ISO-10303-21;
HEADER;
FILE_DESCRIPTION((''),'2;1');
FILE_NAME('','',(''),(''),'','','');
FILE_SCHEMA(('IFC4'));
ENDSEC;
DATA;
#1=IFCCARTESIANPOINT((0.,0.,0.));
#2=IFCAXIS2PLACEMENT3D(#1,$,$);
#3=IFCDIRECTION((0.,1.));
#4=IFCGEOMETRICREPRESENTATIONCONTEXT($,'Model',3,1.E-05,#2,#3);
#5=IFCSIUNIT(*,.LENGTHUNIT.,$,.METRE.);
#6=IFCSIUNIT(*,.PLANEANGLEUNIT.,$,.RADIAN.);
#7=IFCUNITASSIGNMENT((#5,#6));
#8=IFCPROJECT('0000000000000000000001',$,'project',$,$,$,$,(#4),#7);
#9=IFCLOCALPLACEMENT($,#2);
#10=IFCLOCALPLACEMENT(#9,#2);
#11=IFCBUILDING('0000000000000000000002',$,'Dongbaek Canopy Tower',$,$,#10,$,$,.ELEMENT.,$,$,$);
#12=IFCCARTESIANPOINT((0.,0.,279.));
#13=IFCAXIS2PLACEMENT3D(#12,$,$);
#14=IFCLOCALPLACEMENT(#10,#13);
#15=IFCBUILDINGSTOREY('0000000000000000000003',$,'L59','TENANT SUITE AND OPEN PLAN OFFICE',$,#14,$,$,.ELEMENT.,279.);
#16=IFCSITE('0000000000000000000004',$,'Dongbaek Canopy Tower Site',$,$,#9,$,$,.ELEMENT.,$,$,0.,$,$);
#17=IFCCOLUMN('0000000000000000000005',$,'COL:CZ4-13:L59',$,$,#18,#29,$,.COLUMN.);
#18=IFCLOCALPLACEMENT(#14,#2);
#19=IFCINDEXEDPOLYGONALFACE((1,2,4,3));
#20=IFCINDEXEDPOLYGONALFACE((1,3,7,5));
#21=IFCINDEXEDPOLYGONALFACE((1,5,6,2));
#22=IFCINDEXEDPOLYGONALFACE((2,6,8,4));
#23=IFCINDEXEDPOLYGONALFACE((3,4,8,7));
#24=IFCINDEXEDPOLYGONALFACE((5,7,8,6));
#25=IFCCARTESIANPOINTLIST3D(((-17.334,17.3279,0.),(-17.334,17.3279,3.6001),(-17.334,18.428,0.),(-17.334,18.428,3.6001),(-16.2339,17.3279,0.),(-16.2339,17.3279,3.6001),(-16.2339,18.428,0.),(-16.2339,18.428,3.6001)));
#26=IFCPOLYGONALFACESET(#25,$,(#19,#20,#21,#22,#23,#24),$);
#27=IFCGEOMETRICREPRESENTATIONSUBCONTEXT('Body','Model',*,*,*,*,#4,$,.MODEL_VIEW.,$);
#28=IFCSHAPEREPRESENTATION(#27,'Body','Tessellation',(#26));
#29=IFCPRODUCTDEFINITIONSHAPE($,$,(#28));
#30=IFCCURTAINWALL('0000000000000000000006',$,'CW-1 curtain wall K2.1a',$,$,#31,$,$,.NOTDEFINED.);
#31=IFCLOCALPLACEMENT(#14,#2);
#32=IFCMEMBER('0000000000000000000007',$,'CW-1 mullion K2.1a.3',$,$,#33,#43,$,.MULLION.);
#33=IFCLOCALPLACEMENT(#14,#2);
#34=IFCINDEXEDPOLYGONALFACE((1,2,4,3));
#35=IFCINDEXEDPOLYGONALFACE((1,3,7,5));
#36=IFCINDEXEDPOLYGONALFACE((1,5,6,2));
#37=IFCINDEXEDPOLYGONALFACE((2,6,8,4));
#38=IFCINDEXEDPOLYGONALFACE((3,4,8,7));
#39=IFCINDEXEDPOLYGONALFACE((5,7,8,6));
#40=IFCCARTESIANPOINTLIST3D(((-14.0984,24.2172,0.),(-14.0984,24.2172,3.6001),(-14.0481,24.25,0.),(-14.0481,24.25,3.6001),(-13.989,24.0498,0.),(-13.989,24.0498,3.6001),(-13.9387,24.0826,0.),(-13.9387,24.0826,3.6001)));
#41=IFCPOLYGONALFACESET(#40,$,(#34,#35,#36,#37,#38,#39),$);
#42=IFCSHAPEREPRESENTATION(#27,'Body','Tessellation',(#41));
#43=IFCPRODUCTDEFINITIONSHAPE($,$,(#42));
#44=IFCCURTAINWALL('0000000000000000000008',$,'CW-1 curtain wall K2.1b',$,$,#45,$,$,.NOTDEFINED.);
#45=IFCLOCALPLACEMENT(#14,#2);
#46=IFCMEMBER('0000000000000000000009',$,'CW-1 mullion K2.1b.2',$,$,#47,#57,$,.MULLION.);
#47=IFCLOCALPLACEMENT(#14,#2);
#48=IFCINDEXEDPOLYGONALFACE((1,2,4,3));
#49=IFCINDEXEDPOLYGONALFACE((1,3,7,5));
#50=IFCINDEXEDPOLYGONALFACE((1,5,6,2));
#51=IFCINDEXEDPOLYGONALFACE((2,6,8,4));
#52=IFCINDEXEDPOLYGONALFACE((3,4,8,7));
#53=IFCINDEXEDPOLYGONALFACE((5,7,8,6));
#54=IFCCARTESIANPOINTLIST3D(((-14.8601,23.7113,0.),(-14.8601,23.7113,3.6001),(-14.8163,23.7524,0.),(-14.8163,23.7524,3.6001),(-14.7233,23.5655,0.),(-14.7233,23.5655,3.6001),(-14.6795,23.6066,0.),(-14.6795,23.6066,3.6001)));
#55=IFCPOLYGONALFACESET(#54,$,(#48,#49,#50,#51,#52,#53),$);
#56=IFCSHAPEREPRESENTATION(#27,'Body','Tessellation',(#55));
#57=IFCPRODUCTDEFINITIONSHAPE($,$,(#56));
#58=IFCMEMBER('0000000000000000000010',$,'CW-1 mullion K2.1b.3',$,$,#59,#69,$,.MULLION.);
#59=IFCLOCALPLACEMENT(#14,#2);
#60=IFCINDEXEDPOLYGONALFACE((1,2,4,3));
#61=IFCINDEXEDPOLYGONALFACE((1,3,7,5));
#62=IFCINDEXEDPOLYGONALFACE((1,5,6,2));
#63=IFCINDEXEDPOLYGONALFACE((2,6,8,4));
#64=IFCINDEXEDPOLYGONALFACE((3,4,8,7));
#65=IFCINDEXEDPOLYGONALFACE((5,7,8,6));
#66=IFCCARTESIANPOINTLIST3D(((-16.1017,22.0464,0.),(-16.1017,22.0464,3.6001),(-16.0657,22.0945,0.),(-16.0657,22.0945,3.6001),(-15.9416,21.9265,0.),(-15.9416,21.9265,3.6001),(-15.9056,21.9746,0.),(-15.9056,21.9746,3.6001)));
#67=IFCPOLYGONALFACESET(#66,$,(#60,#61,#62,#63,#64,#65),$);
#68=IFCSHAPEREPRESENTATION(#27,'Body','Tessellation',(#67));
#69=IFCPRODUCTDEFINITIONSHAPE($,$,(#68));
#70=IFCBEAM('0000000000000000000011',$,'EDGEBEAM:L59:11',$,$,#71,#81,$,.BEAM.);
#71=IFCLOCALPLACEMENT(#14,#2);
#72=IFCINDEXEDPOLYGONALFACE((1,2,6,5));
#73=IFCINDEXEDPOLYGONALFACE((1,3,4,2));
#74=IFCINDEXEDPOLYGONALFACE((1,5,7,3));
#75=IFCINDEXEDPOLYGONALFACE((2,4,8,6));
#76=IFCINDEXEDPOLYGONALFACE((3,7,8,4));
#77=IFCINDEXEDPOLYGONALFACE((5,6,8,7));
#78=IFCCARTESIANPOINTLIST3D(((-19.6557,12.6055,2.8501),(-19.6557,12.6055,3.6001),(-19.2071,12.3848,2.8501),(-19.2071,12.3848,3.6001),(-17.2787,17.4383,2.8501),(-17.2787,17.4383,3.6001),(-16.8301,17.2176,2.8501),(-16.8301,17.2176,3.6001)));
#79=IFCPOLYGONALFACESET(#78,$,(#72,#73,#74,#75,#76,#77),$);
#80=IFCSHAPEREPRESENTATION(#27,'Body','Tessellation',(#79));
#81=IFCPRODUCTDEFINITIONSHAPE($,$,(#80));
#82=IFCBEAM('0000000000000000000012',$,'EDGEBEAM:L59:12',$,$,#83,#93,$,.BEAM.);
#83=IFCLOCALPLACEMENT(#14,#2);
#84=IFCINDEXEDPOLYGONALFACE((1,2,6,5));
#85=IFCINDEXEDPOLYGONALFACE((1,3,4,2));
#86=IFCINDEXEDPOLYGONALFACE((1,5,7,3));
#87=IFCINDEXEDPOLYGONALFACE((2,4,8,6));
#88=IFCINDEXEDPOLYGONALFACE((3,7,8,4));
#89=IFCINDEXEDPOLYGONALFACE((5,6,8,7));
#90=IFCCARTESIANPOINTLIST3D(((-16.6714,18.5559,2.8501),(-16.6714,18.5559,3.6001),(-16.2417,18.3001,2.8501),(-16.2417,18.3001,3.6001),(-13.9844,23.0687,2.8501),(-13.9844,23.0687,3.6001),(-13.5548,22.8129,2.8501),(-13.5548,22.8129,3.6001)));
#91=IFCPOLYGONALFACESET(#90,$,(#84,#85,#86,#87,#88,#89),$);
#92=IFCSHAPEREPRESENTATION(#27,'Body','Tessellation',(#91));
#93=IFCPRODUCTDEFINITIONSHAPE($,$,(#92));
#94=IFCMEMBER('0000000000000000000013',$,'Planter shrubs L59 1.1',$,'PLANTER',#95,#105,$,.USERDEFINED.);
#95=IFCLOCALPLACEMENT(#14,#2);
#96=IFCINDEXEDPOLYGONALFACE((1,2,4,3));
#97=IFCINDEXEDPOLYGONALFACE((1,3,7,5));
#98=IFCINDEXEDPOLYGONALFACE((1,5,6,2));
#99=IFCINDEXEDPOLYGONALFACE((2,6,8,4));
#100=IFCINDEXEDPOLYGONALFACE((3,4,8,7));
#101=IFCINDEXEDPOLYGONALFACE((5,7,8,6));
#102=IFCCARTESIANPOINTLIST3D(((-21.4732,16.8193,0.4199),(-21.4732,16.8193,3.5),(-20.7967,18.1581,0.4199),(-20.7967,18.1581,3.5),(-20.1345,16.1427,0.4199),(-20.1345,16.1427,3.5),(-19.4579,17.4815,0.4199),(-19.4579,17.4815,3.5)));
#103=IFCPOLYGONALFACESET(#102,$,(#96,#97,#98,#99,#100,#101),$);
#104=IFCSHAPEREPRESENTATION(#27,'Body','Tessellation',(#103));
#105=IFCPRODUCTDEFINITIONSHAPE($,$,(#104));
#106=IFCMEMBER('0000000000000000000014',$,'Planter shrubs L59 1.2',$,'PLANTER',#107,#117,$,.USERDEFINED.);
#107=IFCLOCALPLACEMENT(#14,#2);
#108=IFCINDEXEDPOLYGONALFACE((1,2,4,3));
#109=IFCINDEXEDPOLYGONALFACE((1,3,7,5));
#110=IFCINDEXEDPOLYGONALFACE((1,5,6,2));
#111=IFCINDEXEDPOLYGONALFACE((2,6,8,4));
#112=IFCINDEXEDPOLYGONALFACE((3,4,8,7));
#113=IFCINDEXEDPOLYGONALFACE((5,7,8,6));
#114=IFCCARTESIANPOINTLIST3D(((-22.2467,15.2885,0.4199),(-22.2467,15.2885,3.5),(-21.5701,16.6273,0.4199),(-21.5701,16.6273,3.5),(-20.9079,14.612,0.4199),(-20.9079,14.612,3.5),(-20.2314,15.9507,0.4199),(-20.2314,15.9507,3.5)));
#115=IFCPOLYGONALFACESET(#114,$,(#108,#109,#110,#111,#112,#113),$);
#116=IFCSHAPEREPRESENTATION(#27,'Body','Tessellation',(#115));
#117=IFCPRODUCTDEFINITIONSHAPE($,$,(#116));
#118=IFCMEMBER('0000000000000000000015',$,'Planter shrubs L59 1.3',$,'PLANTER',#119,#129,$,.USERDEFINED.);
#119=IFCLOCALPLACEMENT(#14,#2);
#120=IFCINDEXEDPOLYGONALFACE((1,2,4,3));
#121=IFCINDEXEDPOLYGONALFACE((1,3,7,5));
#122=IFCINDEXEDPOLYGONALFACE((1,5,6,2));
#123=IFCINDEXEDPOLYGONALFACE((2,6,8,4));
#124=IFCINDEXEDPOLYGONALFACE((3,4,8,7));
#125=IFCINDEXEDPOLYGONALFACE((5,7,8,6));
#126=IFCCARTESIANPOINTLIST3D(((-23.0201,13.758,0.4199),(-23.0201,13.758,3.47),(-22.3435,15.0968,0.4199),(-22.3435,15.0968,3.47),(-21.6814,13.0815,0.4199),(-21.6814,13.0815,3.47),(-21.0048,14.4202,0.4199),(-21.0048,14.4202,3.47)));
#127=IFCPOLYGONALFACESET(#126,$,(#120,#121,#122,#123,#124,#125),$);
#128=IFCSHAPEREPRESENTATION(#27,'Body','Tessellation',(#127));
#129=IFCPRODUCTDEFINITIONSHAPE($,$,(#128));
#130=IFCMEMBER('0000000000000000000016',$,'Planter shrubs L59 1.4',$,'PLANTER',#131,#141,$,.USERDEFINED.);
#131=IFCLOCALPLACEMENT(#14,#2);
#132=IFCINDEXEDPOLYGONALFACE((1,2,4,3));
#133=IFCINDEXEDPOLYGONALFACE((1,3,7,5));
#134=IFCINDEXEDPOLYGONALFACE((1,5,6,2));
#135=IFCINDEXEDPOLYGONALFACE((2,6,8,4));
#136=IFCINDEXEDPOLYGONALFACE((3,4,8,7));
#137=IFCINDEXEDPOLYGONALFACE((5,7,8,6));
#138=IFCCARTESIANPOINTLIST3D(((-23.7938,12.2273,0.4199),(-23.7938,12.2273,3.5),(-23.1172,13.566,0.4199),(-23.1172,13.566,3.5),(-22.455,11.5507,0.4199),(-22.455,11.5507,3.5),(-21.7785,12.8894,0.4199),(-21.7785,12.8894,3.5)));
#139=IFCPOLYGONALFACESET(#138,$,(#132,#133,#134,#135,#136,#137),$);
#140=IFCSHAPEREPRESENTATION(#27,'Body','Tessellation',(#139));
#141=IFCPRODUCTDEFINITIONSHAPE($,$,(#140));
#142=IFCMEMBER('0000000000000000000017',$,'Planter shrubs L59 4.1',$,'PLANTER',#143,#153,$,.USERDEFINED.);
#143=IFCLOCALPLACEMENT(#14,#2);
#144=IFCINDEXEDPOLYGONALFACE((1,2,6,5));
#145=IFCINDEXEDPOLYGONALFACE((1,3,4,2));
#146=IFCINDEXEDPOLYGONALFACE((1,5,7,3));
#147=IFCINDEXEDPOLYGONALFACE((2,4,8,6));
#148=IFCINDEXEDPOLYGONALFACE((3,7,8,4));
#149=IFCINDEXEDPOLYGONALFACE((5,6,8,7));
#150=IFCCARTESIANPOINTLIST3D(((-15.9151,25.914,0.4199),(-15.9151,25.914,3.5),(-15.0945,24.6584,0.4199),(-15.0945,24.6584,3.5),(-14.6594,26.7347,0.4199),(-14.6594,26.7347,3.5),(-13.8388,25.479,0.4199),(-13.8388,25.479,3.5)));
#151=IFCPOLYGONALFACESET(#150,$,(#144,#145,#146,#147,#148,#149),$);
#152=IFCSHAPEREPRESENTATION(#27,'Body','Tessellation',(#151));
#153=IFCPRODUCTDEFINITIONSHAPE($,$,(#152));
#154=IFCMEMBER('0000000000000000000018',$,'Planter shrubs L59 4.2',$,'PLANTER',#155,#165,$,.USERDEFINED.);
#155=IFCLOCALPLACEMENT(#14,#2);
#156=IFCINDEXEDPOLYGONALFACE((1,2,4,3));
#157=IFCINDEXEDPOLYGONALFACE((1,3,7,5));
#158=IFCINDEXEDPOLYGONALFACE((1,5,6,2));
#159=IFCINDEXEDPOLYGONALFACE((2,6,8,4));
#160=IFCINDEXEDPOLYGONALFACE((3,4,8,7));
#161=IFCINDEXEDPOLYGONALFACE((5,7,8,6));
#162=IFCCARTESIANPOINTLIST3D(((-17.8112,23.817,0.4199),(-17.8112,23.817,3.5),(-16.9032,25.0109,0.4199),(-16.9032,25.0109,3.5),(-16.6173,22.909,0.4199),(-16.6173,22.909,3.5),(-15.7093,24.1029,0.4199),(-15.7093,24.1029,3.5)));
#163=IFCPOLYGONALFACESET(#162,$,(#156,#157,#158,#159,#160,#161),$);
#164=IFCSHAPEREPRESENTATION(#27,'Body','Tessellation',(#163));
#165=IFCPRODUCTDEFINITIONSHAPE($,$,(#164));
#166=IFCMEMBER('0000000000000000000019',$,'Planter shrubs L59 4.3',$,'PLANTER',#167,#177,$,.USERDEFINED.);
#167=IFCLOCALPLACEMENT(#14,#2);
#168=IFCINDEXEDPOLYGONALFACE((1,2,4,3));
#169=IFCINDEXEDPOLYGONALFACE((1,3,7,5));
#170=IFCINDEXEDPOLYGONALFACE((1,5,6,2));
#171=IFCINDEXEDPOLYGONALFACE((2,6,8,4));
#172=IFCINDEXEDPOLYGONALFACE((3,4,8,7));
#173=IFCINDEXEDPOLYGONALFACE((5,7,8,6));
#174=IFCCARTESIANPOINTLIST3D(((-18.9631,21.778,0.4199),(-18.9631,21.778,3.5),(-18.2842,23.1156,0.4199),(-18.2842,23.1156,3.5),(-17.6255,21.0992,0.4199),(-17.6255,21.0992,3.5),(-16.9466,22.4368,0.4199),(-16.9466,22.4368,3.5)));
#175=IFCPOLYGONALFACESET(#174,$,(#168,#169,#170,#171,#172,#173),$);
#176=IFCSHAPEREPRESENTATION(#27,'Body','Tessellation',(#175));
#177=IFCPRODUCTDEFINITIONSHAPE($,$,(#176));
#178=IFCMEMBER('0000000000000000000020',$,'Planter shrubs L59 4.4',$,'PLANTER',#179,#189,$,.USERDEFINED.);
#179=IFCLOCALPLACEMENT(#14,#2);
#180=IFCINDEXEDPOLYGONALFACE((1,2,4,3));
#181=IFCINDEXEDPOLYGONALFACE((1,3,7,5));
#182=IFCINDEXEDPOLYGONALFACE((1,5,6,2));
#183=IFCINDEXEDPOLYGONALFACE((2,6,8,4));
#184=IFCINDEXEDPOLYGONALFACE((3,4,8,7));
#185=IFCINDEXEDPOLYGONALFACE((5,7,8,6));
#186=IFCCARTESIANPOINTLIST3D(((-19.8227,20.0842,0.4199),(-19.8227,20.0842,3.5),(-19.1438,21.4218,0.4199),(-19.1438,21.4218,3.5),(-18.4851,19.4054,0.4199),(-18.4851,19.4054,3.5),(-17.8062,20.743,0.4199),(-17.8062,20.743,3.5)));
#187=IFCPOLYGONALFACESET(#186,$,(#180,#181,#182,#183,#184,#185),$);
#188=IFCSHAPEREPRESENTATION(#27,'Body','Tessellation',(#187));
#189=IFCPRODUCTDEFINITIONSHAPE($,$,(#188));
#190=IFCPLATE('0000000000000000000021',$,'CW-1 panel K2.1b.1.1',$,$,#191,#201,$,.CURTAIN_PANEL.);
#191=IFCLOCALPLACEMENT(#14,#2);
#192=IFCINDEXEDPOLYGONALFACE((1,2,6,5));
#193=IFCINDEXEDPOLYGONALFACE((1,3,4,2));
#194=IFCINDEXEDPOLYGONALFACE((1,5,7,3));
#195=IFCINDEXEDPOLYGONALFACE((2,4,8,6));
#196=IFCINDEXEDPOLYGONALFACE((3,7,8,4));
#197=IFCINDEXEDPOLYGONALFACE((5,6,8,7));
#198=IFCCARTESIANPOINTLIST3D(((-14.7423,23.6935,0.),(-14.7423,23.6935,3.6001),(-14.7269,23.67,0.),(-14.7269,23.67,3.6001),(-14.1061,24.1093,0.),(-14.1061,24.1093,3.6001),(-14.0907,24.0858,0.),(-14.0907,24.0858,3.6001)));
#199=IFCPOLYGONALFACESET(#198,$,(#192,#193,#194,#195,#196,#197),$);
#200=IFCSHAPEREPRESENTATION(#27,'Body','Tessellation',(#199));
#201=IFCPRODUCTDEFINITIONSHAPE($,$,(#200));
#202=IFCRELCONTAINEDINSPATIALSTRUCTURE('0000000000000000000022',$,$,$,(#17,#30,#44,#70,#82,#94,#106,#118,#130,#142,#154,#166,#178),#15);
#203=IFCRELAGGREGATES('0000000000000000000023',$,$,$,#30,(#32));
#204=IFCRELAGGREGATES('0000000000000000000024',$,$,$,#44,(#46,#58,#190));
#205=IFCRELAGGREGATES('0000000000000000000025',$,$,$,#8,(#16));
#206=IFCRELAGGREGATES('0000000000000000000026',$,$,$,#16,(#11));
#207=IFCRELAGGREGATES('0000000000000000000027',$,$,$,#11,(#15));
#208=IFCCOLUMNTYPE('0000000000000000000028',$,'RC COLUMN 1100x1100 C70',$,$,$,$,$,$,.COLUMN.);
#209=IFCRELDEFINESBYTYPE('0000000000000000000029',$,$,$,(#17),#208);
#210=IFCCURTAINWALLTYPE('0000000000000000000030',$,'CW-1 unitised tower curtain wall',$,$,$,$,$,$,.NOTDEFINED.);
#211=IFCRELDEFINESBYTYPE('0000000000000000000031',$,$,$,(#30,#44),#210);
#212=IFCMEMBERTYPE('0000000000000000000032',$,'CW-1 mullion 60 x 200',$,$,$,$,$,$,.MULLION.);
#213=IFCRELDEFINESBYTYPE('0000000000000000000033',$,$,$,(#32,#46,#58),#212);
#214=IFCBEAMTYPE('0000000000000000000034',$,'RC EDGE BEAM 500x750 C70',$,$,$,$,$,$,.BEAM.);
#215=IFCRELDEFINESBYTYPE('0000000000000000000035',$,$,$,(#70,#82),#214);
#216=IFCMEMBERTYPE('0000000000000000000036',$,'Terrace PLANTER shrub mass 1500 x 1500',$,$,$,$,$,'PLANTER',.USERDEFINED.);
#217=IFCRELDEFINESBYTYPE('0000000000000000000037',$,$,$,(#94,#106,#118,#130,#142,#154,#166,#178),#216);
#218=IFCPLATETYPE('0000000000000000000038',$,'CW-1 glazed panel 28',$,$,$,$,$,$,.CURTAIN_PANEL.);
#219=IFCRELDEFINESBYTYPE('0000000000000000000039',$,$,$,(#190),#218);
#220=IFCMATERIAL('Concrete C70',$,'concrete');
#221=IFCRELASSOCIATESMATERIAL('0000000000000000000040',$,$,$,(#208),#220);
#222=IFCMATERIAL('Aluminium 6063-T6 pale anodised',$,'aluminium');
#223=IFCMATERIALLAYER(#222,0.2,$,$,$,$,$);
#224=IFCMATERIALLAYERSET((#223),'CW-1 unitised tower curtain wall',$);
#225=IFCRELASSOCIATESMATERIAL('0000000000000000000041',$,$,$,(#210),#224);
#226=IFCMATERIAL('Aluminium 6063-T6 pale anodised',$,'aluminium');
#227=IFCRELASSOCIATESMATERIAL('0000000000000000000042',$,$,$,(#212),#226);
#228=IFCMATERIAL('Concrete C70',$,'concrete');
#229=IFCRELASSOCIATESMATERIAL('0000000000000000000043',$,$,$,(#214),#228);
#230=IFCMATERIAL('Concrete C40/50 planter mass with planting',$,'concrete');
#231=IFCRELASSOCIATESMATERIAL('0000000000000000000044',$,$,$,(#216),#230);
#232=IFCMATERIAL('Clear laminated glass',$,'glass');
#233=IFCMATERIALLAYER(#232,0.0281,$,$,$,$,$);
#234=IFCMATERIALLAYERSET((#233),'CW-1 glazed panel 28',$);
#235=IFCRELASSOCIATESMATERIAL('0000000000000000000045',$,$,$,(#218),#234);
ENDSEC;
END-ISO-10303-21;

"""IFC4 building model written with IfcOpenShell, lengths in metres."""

from ifc_helpers import new_model, si_unit, direction, frame, origin, origin_2d, place, context, subcontext, project, spatial, rectangle, extrude, material, layer, layer_set, material_profile, profile_set, type_object, element, aggregate, save


model = new_model("IFC4")

# Units and contexts
model_context = context("Model", 3, precision=1e-05, world=origin(), true_north=direction((0.0, 1.0)))
body_context = subcontext(model_context, "Body", "Model", "MODEL_VIEW")
ifc_project = project(units=[si_unit("LENGTHUNIT", "METRE"), si_unit("PLANEANGLEUNIT", "RADIAN")], contexts=[model_context])

# Site, building, storey
site_placement = place(None, origin())
site = spatial("IfcSite", under=ifc_project, at=site_placement, Name="Dongbaek Canopy Tower Site", CompositionType="ELEMENT", RefElevation=0.0)
building_placement = place(site_placement, origin())
building = spatial("IfcBuilding", under=site, at=building_placement, Name="Dongbaek Canopy Tower", CompositionType="ELEMENT")
storey_placement = place(building_placement, frame((0.0, 0.0, 279.0)))
storey = spatial("IfcBuildingStorey", under=building, at=storey_placement, Name="L59", Description="TENANT SUITE AND OPEN PLAN OFFICE", CompositionType="ELEMENT", Elevation=279.0)

# Column
ifc_material_1 = material(Name="Concrete C70", Category="concrete")
ifc_material_profile_1 = material_profile(ifc_material_1, rectangle(XDim=1.1001, YDim=1.1001, at=origin_2d()), Name="RC COLUMN 1100x1100 C70")
ifc_profile_set_1 = profile_set([ifc_material_profile_1], Name="Concrete C70")
column_type = type_object("IfcColumnType", Name="RC COLUMN 1100x1100 C70", PredefinedType="COLUMN", material=ifc_profile_set_1)
column_placement = place(storey_placement, frame((-16.7839, 17.8779, 0.0), z_axis=(0.0, 0.0, 1.0), x_axis=(1.0, 0.0, 0.0)))
element("IfcColumn", 1, at=column_placement, inside=storey, type_object=column_type, Name="COL:CZ4-13:L59", PredefinedType="COLUMN", context=body_context, shape_type="SweptSolid", body=[
    extrude(rectangle(XDim=1.1001, YDim=1.1001, at=origin_2d()), origin(), (0.0, 0.0, 1.0), 3.6001),
])

# Curtain wall, member
ifc_material_2 = material(Name="Aluminium 6063-T6 pale anodised", Category="aluminium")
ifc_layer_1 = layer(ifc_material_2, 0.2)
ifc_layer_set_1 = layer_set([ifc_layer_1], Name="CW-1 unitised tower curtain wall")
curtain_wall_type = type_object("IfcCurtainWallType", Name="CW-1 unitised tower curtain wall", PredefinedType="NOTDEFINED", material=ifc_layer_set_1)
curtain_wall_1_placement = place(storey_placement, origin())
curtain_wall_1 = element("IfcCurtainWall", 2, at=curtain_wall_1_placement, inside=storey, type_object=curtain_wall_type, Name="CW-1 curtain wall K2.1a", PredefinedType="NOTDEFINED")
ifc_material_3 = material(Name="Aluminium 6063-T6 pale anodised", Category="aluminium")
ifc_material_profile_2 = material_profile(ifc_material_3, rectangle(XDim=0.2, YDim=0.0601, at=origin_2d()), Name="CW-1 mullion 60 x 200")
ifc_profile_set_2 = profile_set([ifc_material_profile_2], Name="Aluminium 6063-T6 pale anodised")
member_type_1 = type_object("IfcMemberType", Name="CW-1 mullion 60 x 200", PredefinedType="MULLION", material=ifc_profile_set_2)
member_1_placement = place(storey_placement, frame((-14.0186, 24.1499, 0.0), z_axis=(0.0, 0.0, 1.0), x_axis=(-0.547071, 0.837086, 0.0)))
member_1 = element("IfcMember", 3, at=member_1_placement, type_object=member_type_1, Name="CW-1 mullion K2.1a.3", PredefinedType="MULLION", context=body_context, shape_type="SweptSolid", body=[
    extrude(rectangle(XDim=0.2, YDim=0.0601, at=origin_2d()), origin(), (0.0, 0.0, 1.0), 3.6001),
])
aggregate(curtain_wall_1, [member_1])

# Curtain wall, members
curtain_wall_2_placement = place(storey_placement, origin())
curtain_wall_2 = element("IfcCurtainWall", 4, at=curtain_wall_2_placement, inside=storey, type_object=curtain_wall_type, Name="CW-1 curtain wall K2.1b", PredefinedType="NOTDEFINED")
member_2_placement = place(storey_placement, frame((-14.7698, 23.6589, 0.0), z_axis=(0.0, 0.0, 1.0), x_axis=(-0.684215, 0.72928, 0.0)))
member_2 = element("IfcMember", 5, at=member_2_placement, type_object=member_type_1, Name="CW-1 mullion K2.1b.2", PredefinedType="MULLION", context=body_context, shape_type="SweptSolid", body=[
    extrude(rectangle(XDim=0.2, YDim=0.0601, at=origin_2d()), origin(), (0.0, 0.0, 1.0), 3.6001),
])
member_3_placement = place(storey_placement, frame((-16.0037, 22.0105, 0.0), z_axis=(0.0, 0.0, 1.0), x_axis=(-0.800538, 0.599282, 0.0)))
member_3 = element("IfcMember", 6, at=member_3_placement, type_object=member_type_1, Name="CW-1 mullion K2.1b.3", PredefinedType="MULLION", context=body_context, shape_type="SweptSolid", body=[
    extrude(rectangle(XDim=0.2, YDim=0.0601, at=origin_2d()), origin(), (0.0, 0.0, 1.0), 3.6001),
])

# Beams
ifc_material_4 = material(Name="Concrete C70", Category="concrete")
ifc_material_profile_3 = material_profile(ifc_material_4, rectangle(XDim=0.5, YDim=0.75, at=origin_2d()), Name="RC EDGE BEAM 500x750 C70")
ifc_profile_set_3 = profile_set([ifc_material_profile_3], Name="Concrete C70")
beam_type = type_object("IfcBeamType", Name="RC EDGE BEAM 500x750 C70", PredefinedType="BEAM", material=ifc_profile_set_3)
beam_1_placement = place(storey_placement, frame((-19.4314, 12.4951, 3.2251), z_axis=(0.441347, 0.897336, 0.0), x_axis=(-0.897336, 0.441347, 0.0)))
element("IfcBeam", 7, at=beam_1_placement, inside=storey, type_object=beam_type, Name="EDGEBEAM:L59:11", PredefinedType="BEAM", context=body_context, shape_type="SweptSolid", body=[
    extrude(rectangle(XDim=0.5, YDim=0.75, at=origin_2d()), origin(), (0.0, 0.0, 1.0), 5.3857),
])
beam_2_placement = place(storey_placement, frame((-16.4565, 18.428, 3.2251), z_axis=(0.511588, 0.859231, 0.0), x_axis=(-0.859231, 0.511588, 0.0)))
element("IfcBeam", 8, at=beam_2_placement, inside=storey, type_object=beam_type, Name="EDGEBEAM:L59:12", PredefinedType="BEAM", context=body_context, shape_type="SweptSolid", body=[
    extrude(rectangle(XDim=0.5, YDim=0.75, at=origin_2d()), origin(), (0.0, 0.0, 1.0), 5.2522),
])

# Members
ifc_material_5 = material(Name="Concrete C40/50 planter mass with planting", Category="concrete")
ifc_material_profile_4 = material_profile(ifc_material_5, rectangle(XDim=1.5, YDim=1.5, at=origin_2d()), Name="Terrace PLANTER shrub mass 1500 x 1500")
ifc_profile_set_4 = profile_set([ifc_material_profile_4], Name="Concrete C40/50 planter mass with planting")
member_type_2 = type_object("IfcMemberType", Name="Terrace PLANTER shrub mass 1500 x 1500", ElementType="PLANTER", PredefinedType="USERDEFINED", material=ifc_profile_set_4)
for number, where, z_axis, x_axis, name in (
    (9, (-20.4656, 17.1504, 0.4199), (0.0, 0.0, 1.0), (-0.8925, 0.451047, 0.0), "Planter shrubs L59 1.1"),
    (10, (-21.239, 15.6196, 0.4199), (0.0, 0.0, 1.0), (-0.8925, 0.451047, 0.0), "Planter shrubs L59 1.2"),
):
    element("IfcMember", number, at=place(storey_placement, frame(where, z_axis=z_axis, x_axis=x_axis)), inside=storey, type_object=member_type_2, Name=name, ObjectType="PLANTER", PredefinedType="USERDEFINED", context=body_context, shape_type="SweptSolid", body=[
        extrude(rectangle(XDim=1.5, YDim=1.5, at=origin_2d()), origin(), (0.0, 0.0, 1.0), 3.0801),
    ])
member_4_placement = place(storey_placement, frame((-22.0125, 14.0891, 0.4199), z_axis=(0.0, 0.0, 1.0), x_axis=(-0.8925, 0.451047, 0.0)))
element("IfcMember", 11, at=member_4_placement, inside=storey, type_object=member_type_2, Name="Planter shrubs L59 1.3", ObjectType="PLANTER", PredefinedType="USERDEFINED", context=body_context, shape_type="SweptSolid", body=[
    extrude(rectangle(XDim=1.5, YDim=1.5, at=origin_2d()), origin(), (0.0, 0.0, 1.0), 3.05),
])
for number, where, z_axis, x_axis, name in (
    (12, (-22.7861, 12.5583, 0.4199), (0.0, 0.0, 1.0), (-0.8925, 0.451047, 0.0), "Planter shrubs L59 1.4"),
    (13, (-14.877, 25.6965, 0.4199), (0.0, 0.0, 1.0), (-0.547071, 0.837086, 0.0), "Planter shrubs L59 4.1"),
    (14, (-16.7603, 23.96, 0.4199), (0.0, 0.0, 1.0), (-0.795943, 0.605371, 0.0), "Planter shrubs L59 4.2"),
    (15, (-17.9548, 22.1074, 0.4199), (0.0, 0.0, 1.0), (-0.891734, 0.452559, 0.0), "Planter shrubs L59 4.3"),
    (16, (-18.8145, 20.4136, 0.4199), (0.0, 0.0, 1.0), (-0.891734, 0.452559, 0.0), "Planter shrubs L59 4.4"),
):
    element("IfcMember", number, at=place(storey_placement, frame(where, z_axis=z_axis, x_axis=x_axis)), inside=storey, type_object=member_type_2, Name=name, ObjectType="PLANTER", PredefinedType="USERDEFINED", context=body_context, shape_type="SweptSolid", body=[
        extrude(rectangle(XDim=1.5, YDim=1.5, at=origin_2d()), origin(), (0.0, 0.0, 1.0), 3.0801),
    ])

# Plate
ifc_material_6 = material(Name="Clear laminated glass", Category="glass")
ifc_layer_2 = layer(ifc_material_6, 0.0281)
ifc_layer_set_2 = layer_set([ifc_layer_2], Name="CW-1 glazed panel 28")
plate_type = type_object("IfcPlateType", Name="CW-1 glazed panel 28", PredefinedType="CURTAIN_PANEL", material=ifc_layer_set_2)
plate_1_placement = place(storey_placement, frame((-14.4165, 23.8896, 0.0), z_axis=(0.0, 0.0, 1.0), x_axis=(-0.837086, -0.547071, 0.0)))
plate_1 = element("IfcPlate", 17, at=plate_1_placement, type_object=plate_type, Name="CW-1 panel K2.1b.1.1", PredefinedType="CURTAIN_PANEL", context=body_context, shape_type="SweptSolid", body=[
    extrude(rectangle(XDim=0.76, YDim=0.0281, at=origin_2d()), origin(), (0.0, 0.0, 1.0), 3.6001),
])
aggregate(curtain_wall_2, [member_2, member_3, plate_1])

save(model, "model.ifc")
